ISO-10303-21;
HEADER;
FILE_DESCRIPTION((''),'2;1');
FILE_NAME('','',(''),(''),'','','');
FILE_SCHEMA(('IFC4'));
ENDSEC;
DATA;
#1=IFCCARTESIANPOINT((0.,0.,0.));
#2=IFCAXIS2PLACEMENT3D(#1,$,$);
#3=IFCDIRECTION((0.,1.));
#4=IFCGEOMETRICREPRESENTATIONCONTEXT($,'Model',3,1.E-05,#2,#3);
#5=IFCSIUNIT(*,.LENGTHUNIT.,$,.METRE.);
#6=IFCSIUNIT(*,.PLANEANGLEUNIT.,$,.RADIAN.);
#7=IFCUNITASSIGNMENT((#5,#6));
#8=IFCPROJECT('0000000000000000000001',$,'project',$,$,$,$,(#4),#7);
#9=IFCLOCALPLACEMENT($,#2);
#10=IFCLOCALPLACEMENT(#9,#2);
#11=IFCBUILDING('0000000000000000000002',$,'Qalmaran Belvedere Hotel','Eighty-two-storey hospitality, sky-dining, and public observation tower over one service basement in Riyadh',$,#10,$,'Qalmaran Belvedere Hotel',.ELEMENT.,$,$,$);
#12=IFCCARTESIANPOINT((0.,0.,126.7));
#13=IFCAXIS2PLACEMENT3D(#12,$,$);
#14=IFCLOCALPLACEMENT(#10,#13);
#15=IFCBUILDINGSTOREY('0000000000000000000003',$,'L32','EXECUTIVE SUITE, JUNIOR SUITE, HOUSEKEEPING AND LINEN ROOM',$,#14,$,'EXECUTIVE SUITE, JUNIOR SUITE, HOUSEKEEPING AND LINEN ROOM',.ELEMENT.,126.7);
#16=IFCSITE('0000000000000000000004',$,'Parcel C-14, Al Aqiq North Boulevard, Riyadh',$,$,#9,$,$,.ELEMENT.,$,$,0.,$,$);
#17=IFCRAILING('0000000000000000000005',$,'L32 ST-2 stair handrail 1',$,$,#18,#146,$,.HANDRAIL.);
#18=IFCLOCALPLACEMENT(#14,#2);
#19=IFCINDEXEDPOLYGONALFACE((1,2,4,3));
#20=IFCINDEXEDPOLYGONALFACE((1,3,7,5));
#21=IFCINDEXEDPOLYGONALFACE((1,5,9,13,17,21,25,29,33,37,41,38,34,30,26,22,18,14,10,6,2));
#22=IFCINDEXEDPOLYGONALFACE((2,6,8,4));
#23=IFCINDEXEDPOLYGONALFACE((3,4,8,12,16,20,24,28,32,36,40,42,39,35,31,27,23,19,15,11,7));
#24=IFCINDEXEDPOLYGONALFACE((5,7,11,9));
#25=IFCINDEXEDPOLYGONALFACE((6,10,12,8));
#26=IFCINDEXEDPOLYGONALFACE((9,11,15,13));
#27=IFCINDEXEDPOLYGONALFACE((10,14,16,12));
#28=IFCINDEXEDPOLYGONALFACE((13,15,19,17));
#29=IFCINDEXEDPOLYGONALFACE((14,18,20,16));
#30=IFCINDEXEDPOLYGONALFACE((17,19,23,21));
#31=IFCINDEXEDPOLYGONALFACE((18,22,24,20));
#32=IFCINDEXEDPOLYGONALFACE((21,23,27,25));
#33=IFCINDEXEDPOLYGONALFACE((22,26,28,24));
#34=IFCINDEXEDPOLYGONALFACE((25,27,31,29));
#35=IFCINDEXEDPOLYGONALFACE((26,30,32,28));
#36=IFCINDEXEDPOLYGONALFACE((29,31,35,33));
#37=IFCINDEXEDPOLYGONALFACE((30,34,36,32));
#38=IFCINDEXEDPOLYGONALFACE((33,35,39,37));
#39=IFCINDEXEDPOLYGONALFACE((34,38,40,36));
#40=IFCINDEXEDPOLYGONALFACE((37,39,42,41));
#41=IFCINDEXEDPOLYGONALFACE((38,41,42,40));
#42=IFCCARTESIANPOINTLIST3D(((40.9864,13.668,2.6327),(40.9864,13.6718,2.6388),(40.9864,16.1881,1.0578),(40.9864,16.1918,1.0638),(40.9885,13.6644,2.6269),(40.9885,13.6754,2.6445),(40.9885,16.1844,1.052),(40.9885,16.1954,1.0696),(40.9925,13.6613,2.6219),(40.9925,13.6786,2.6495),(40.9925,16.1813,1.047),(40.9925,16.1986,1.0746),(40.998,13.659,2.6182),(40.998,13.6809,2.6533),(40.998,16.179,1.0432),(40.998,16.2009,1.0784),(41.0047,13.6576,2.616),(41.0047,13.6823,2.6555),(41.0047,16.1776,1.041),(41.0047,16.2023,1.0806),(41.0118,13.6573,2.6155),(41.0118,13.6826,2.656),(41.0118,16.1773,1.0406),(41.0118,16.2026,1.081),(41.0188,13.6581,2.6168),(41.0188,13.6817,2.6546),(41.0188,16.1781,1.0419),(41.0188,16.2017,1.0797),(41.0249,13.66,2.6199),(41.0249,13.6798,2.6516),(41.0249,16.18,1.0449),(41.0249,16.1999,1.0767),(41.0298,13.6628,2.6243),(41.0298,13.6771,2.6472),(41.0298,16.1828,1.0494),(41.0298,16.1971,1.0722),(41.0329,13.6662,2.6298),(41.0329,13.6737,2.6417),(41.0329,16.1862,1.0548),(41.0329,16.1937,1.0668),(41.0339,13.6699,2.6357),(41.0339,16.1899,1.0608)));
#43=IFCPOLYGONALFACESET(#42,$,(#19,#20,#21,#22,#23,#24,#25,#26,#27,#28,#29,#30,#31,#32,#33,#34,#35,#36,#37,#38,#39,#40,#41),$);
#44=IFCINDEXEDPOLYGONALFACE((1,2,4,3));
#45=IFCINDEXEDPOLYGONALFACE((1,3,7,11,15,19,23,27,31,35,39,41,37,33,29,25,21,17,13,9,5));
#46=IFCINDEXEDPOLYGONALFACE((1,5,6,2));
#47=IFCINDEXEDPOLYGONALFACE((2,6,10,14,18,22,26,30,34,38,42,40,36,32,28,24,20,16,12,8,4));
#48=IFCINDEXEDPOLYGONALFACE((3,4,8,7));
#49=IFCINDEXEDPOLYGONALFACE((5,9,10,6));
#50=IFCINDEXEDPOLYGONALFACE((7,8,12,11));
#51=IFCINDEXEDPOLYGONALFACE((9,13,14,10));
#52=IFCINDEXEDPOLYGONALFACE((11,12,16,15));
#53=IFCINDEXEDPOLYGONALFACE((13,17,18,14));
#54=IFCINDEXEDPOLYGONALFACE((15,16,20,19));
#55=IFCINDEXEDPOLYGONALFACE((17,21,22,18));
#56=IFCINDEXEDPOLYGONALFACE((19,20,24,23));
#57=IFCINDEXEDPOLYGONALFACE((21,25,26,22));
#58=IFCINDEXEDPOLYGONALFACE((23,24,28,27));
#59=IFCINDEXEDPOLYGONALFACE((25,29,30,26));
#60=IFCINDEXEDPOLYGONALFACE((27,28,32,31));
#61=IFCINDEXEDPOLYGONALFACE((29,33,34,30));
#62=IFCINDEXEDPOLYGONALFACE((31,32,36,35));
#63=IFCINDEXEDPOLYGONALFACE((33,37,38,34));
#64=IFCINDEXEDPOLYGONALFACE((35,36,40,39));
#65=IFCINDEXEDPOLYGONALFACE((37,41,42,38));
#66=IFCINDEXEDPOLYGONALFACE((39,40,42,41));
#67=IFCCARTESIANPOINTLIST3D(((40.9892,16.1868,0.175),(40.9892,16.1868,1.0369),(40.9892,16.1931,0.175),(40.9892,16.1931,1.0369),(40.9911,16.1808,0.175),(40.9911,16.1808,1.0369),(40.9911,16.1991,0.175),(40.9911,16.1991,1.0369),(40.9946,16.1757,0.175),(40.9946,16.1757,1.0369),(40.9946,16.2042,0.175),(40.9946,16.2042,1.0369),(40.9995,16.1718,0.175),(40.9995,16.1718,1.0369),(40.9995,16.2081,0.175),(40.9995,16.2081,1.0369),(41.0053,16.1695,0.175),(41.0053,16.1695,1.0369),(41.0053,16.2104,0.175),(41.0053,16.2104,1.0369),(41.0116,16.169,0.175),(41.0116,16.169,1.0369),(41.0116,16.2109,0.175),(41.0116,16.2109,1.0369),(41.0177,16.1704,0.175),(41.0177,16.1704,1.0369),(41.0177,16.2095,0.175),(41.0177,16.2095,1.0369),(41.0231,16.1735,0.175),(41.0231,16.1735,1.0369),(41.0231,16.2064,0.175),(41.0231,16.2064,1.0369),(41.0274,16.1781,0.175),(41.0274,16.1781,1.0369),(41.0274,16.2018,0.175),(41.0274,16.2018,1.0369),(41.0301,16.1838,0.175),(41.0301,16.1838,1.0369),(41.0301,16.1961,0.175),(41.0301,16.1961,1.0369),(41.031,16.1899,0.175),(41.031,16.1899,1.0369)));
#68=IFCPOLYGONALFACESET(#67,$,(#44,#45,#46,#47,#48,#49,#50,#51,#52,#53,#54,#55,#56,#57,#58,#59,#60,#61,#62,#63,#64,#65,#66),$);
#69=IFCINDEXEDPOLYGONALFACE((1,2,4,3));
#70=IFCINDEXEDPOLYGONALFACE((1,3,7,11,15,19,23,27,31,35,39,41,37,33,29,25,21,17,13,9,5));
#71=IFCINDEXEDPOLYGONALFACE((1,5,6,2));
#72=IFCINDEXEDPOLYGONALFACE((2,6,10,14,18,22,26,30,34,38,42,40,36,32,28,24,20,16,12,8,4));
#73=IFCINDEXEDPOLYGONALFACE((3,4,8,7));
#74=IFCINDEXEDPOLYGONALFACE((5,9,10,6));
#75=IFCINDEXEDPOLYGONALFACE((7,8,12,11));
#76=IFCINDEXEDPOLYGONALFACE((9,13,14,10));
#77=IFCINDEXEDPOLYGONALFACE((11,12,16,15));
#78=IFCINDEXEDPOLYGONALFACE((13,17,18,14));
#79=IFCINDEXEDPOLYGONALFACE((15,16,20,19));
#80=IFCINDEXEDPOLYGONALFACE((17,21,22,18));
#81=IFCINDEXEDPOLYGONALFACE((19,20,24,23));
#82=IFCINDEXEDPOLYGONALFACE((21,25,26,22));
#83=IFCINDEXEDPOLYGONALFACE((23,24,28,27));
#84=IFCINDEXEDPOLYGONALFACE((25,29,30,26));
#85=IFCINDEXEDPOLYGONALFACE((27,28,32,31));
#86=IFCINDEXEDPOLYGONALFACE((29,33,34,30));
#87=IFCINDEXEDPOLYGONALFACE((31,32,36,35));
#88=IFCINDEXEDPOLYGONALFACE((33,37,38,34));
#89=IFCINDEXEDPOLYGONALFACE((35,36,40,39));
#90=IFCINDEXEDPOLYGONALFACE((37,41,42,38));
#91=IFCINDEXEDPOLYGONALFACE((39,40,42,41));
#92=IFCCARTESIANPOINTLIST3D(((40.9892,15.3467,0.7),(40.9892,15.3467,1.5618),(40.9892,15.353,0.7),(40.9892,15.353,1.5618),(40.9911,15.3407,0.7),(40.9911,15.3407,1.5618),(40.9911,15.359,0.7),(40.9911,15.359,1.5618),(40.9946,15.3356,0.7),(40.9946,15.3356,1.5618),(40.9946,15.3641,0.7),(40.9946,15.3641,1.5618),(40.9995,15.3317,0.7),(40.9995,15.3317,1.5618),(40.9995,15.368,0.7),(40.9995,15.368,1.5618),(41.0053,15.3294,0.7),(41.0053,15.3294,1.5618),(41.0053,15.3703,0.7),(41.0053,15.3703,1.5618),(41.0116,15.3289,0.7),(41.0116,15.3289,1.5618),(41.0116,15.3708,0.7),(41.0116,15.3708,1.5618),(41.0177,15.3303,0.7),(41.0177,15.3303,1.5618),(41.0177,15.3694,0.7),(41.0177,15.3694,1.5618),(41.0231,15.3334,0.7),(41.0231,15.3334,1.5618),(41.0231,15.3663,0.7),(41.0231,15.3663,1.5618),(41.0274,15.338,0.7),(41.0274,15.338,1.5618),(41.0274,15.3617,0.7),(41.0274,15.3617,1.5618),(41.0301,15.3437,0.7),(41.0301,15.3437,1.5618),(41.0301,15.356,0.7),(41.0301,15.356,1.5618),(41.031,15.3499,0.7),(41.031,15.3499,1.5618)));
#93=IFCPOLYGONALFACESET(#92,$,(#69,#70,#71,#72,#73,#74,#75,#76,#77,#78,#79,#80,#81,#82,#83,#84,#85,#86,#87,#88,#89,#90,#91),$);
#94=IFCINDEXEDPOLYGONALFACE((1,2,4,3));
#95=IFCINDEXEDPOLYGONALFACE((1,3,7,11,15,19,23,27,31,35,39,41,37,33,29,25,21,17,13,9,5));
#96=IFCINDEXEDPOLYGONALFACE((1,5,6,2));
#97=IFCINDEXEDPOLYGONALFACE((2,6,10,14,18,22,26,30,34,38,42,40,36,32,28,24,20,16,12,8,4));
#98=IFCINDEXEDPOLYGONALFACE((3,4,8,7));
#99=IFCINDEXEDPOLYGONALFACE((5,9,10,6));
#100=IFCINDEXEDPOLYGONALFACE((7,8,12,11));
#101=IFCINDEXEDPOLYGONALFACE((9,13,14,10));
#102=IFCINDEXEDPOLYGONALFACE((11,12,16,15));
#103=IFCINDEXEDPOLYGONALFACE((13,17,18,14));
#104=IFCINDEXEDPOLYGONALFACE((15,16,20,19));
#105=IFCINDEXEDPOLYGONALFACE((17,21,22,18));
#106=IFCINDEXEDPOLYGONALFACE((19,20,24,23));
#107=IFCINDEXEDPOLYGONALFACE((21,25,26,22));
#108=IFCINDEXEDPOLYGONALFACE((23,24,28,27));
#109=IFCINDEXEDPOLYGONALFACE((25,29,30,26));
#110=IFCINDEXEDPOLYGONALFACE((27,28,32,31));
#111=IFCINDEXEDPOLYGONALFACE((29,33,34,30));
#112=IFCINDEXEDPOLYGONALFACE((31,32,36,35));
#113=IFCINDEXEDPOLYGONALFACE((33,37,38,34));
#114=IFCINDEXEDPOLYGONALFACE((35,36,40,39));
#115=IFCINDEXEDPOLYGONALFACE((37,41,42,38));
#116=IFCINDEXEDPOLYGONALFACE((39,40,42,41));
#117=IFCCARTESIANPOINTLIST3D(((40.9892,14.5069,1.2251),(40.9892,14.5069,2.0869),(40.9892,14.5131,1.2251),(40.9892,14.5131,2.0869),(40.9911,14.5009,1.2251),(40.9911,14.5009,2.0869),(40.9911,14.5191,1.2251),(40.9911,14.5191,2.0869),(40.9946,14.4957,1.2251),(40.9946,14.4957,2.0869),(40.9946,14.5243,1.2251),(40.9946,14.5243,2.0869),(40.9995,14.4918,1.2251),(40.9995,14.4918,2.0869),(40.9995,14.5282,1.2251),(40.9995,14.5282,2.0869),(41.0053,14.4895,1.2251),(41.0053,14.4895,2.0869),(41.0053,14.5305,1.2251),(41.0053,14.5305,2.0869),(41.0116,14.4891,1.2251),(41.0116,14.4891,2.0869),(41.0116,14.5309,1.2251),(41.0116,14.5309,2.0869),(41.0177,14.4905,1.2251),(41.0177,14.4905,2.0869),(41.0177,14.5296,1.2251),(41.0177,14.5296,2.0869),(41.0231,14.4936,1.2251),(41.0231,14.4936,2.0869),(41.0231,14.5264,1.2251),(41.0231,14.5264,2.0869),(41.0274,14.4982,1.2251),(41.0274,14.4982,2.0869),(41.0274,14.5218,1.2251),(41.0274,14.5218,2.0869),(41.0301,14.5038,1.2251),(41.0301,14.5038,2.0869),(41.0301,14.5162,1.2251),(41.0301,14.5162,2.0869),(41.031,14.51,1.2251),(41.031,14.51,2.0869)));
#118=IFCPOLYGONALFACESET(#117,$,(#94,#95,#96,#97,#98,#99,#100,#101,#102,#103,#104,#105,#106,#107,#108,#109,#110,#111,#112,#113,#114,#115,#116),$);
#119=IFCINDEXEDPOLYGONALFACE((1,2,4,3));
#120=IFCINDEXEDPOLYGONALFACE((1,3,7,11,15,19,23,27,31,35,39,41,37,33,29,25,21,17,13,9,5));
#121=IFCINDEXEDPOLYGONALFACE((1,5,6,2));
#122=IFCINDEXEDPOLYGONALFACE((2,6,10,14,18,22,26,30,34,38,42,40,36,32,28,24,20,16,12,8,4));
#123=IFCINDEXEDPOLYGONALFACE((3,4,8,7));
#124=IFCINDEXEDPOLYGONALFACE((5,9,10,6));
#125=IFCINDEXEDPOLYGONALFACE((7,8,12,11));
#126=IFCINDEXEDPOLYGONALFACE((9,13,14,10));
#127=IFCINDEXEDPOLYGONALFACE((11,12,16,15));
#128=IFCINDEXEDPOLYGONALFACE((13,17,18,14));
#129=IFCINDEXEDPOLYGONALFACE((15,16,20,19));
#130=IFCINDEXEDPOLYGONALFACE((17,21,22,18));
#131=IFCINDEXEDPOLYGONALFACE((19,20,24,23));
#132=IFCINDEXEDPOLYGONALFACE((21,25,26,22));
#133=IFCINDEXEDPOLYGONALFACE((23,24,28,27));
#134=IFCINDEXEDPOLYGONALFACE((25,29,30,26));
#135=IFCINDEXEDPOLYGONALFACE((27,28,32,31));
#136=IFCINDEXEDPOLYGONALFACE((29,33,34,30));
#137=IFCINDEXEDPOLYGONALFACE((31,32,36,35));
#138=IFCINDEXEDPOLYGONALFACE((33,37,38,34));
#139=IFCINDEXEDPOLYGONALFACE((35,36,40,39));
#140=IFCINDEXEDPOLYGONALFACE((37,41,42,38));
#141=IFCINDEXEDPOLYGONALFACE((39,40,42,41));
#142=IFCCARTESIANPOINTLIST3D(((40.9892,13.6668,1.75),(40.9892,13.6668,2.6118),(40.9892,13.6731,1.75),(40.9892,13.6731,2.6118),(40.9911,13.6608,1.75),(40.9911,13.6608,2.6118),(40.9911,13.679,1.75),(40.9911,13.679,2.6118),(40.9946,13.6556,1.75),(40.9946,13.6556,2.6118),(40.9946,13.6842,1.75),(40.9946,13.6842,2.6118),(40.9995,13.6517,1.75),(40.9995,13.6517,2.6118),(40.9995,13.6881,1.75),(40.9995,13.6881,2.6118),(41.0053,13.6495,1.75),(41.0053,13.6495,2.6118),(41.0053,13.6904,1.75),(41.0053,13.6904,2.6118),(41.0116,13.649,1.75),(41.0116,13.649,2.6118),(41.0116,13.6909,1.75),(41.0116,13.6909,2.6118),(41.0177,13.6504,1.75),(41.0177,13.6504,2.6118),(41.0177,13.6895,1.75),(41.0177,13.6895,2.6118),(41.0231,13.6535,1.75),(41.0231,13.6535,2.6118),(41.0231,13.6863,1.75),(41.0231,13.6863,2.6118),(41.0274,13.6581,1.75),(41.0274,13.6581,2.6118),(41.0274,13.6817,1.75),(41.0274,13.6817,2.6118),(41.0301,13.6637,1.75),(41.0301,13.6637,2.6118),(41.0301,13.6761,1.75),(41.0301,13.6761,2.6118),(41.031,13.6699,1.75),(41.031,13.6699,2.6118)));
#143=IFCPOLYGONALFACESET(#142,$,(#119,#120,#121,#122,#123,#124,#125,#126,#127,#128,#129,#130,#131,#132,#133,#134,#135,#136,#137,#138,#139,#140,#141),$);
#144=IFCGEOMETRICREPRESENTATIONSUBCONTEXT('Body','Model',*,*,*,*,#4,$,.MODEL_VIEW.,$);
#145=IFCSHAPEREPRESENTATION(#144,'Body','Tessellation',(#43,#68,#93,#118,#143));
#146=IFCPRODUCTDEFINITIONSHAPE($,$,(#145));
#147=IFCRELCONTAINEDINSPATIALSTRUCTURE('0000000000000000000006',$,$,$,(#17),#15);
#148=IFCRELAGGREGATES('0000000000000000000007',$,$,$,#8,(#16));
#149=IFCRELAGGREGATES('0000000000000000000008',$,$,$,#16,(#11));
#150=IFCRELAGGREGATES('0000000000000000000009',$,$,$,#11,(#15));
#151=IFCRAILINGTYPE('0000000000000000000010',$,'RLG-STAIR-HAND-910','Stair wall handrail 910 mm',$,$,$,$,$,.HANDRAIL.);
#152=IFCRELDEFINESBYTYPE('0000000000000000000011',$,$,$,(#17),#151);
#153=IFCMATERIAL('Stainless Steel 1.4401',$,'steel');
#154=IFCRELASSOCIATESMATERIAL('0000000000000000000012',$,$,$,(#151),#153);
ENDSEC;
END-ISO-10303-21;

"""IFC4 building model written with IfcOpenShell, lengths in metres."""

from ifc_helpers import new_model, si_unit, direction, frame, origin, origin_2d, place, context, subcontext, project, spatial, circle, extrude, material, type_object, element, save


model = new_model("IFC4")

# Units and contexts
model_context = context("Model", 3, precision=1e-05, world=origin(), true_north=direction((0.0, 1.0)))
body_context = subcontext(model_context, "Body", "Model", "MODEL_VIEW")
ifc_project = project(units=[si_unit("LENGTHUNIT", "METRE"), si_unit("PLANEANGLEUNIT", "RADIAN")], contexts=[model_context])

# Site, building, storey
site_placement = place(None, origin())
site = spatial("IfcSite", under=ifc_project, at=site_placement, Name="Parcel C-14, Al Aqiq North Boulevard, Riyadh", CompositionType="ELEMENT", RefElevation=0.0)
building_placement = place(site_placement, origin())
building = spatial("IfcBuilding", under=site, at=building_placement, Name="Qalmaran Belvedere Hotel", Description="Eighty-two-storey hospitality, sky-dining, and public observation tower over one service basement in Riyadh", LongName="Qalmaran Belvedere Hotel", CompositionType="ELEMENT")
storey_placement = place(building_placement, frame((0.0, 0.0, 126.7)))
storey = spatial("IfcBuildingStorey", under=building, at=storey_placement, Name="L32", Description="EXECUTIVE SUITE, JUNIOR SUITE, HOUSEKEEPING AND LINEN ROOM", LongName="EXECUTIVE SUITE, JUNIOR SUITE, HOUSEKEEPING AND LINEN ROOM", CompositionType="ELEMENT", Elevation=126.7)

# Shared definitions
ifc_material_1 = material(Name="Stainless Steel 1.4401", Category="steel")

# Railing
railing_type_1 = type_object("IfcRailingType", Name="RLG-STAIR-HAND-910", Description="Stair wall handrail 910 mm", PredefinedType="HANDRAIL", material=ifc_material_1)
railing_1_placement = place(storey_placement, frame((41.01, 16.1899, 0.175)))
element("IfcRailing", 1, at=railing_1_placement, inside=storey, type_object=railing_type_1, Name="L32 ST-2 stair handrail 1", PredefinedType="HANDRAIL", context=body_context, shape_type="SweptSolid", body=[
    extrude(circle(Radius=0.0239, at=origin_2d()), frame((0.0, 0.0, 0.8857), z_axis=(0.0, -0.848008, 0.529984), x_axis=(1.0, 0.0, 0.0)), (0.0, 0.0, 1.0), 2.9717),
    extrude(circle(Radius=0.021, at=origin_2d()), origin(), (0.0, 0.0, 1.0), 0.8618),
    extrude(circle(Radius=0.021, at=origin_2d()), frame((0.0, -0.8401, 0.5249)), (0.0, 0.0, 1.0), 0.8618),
    extrude(circle(Radius=0.021, at=origin_2d()), frame((0.0, -1.6799, 1.05)), (0.0, 0.0, 1.0), 0.8618),
    extrude(circle(Radius=0.021, at=origin_2d()), frame((0.0, -2.52, 1.575)), (0.0, 0.0, 1.0), 0.8618),
])

save(model, "model.ifc")
